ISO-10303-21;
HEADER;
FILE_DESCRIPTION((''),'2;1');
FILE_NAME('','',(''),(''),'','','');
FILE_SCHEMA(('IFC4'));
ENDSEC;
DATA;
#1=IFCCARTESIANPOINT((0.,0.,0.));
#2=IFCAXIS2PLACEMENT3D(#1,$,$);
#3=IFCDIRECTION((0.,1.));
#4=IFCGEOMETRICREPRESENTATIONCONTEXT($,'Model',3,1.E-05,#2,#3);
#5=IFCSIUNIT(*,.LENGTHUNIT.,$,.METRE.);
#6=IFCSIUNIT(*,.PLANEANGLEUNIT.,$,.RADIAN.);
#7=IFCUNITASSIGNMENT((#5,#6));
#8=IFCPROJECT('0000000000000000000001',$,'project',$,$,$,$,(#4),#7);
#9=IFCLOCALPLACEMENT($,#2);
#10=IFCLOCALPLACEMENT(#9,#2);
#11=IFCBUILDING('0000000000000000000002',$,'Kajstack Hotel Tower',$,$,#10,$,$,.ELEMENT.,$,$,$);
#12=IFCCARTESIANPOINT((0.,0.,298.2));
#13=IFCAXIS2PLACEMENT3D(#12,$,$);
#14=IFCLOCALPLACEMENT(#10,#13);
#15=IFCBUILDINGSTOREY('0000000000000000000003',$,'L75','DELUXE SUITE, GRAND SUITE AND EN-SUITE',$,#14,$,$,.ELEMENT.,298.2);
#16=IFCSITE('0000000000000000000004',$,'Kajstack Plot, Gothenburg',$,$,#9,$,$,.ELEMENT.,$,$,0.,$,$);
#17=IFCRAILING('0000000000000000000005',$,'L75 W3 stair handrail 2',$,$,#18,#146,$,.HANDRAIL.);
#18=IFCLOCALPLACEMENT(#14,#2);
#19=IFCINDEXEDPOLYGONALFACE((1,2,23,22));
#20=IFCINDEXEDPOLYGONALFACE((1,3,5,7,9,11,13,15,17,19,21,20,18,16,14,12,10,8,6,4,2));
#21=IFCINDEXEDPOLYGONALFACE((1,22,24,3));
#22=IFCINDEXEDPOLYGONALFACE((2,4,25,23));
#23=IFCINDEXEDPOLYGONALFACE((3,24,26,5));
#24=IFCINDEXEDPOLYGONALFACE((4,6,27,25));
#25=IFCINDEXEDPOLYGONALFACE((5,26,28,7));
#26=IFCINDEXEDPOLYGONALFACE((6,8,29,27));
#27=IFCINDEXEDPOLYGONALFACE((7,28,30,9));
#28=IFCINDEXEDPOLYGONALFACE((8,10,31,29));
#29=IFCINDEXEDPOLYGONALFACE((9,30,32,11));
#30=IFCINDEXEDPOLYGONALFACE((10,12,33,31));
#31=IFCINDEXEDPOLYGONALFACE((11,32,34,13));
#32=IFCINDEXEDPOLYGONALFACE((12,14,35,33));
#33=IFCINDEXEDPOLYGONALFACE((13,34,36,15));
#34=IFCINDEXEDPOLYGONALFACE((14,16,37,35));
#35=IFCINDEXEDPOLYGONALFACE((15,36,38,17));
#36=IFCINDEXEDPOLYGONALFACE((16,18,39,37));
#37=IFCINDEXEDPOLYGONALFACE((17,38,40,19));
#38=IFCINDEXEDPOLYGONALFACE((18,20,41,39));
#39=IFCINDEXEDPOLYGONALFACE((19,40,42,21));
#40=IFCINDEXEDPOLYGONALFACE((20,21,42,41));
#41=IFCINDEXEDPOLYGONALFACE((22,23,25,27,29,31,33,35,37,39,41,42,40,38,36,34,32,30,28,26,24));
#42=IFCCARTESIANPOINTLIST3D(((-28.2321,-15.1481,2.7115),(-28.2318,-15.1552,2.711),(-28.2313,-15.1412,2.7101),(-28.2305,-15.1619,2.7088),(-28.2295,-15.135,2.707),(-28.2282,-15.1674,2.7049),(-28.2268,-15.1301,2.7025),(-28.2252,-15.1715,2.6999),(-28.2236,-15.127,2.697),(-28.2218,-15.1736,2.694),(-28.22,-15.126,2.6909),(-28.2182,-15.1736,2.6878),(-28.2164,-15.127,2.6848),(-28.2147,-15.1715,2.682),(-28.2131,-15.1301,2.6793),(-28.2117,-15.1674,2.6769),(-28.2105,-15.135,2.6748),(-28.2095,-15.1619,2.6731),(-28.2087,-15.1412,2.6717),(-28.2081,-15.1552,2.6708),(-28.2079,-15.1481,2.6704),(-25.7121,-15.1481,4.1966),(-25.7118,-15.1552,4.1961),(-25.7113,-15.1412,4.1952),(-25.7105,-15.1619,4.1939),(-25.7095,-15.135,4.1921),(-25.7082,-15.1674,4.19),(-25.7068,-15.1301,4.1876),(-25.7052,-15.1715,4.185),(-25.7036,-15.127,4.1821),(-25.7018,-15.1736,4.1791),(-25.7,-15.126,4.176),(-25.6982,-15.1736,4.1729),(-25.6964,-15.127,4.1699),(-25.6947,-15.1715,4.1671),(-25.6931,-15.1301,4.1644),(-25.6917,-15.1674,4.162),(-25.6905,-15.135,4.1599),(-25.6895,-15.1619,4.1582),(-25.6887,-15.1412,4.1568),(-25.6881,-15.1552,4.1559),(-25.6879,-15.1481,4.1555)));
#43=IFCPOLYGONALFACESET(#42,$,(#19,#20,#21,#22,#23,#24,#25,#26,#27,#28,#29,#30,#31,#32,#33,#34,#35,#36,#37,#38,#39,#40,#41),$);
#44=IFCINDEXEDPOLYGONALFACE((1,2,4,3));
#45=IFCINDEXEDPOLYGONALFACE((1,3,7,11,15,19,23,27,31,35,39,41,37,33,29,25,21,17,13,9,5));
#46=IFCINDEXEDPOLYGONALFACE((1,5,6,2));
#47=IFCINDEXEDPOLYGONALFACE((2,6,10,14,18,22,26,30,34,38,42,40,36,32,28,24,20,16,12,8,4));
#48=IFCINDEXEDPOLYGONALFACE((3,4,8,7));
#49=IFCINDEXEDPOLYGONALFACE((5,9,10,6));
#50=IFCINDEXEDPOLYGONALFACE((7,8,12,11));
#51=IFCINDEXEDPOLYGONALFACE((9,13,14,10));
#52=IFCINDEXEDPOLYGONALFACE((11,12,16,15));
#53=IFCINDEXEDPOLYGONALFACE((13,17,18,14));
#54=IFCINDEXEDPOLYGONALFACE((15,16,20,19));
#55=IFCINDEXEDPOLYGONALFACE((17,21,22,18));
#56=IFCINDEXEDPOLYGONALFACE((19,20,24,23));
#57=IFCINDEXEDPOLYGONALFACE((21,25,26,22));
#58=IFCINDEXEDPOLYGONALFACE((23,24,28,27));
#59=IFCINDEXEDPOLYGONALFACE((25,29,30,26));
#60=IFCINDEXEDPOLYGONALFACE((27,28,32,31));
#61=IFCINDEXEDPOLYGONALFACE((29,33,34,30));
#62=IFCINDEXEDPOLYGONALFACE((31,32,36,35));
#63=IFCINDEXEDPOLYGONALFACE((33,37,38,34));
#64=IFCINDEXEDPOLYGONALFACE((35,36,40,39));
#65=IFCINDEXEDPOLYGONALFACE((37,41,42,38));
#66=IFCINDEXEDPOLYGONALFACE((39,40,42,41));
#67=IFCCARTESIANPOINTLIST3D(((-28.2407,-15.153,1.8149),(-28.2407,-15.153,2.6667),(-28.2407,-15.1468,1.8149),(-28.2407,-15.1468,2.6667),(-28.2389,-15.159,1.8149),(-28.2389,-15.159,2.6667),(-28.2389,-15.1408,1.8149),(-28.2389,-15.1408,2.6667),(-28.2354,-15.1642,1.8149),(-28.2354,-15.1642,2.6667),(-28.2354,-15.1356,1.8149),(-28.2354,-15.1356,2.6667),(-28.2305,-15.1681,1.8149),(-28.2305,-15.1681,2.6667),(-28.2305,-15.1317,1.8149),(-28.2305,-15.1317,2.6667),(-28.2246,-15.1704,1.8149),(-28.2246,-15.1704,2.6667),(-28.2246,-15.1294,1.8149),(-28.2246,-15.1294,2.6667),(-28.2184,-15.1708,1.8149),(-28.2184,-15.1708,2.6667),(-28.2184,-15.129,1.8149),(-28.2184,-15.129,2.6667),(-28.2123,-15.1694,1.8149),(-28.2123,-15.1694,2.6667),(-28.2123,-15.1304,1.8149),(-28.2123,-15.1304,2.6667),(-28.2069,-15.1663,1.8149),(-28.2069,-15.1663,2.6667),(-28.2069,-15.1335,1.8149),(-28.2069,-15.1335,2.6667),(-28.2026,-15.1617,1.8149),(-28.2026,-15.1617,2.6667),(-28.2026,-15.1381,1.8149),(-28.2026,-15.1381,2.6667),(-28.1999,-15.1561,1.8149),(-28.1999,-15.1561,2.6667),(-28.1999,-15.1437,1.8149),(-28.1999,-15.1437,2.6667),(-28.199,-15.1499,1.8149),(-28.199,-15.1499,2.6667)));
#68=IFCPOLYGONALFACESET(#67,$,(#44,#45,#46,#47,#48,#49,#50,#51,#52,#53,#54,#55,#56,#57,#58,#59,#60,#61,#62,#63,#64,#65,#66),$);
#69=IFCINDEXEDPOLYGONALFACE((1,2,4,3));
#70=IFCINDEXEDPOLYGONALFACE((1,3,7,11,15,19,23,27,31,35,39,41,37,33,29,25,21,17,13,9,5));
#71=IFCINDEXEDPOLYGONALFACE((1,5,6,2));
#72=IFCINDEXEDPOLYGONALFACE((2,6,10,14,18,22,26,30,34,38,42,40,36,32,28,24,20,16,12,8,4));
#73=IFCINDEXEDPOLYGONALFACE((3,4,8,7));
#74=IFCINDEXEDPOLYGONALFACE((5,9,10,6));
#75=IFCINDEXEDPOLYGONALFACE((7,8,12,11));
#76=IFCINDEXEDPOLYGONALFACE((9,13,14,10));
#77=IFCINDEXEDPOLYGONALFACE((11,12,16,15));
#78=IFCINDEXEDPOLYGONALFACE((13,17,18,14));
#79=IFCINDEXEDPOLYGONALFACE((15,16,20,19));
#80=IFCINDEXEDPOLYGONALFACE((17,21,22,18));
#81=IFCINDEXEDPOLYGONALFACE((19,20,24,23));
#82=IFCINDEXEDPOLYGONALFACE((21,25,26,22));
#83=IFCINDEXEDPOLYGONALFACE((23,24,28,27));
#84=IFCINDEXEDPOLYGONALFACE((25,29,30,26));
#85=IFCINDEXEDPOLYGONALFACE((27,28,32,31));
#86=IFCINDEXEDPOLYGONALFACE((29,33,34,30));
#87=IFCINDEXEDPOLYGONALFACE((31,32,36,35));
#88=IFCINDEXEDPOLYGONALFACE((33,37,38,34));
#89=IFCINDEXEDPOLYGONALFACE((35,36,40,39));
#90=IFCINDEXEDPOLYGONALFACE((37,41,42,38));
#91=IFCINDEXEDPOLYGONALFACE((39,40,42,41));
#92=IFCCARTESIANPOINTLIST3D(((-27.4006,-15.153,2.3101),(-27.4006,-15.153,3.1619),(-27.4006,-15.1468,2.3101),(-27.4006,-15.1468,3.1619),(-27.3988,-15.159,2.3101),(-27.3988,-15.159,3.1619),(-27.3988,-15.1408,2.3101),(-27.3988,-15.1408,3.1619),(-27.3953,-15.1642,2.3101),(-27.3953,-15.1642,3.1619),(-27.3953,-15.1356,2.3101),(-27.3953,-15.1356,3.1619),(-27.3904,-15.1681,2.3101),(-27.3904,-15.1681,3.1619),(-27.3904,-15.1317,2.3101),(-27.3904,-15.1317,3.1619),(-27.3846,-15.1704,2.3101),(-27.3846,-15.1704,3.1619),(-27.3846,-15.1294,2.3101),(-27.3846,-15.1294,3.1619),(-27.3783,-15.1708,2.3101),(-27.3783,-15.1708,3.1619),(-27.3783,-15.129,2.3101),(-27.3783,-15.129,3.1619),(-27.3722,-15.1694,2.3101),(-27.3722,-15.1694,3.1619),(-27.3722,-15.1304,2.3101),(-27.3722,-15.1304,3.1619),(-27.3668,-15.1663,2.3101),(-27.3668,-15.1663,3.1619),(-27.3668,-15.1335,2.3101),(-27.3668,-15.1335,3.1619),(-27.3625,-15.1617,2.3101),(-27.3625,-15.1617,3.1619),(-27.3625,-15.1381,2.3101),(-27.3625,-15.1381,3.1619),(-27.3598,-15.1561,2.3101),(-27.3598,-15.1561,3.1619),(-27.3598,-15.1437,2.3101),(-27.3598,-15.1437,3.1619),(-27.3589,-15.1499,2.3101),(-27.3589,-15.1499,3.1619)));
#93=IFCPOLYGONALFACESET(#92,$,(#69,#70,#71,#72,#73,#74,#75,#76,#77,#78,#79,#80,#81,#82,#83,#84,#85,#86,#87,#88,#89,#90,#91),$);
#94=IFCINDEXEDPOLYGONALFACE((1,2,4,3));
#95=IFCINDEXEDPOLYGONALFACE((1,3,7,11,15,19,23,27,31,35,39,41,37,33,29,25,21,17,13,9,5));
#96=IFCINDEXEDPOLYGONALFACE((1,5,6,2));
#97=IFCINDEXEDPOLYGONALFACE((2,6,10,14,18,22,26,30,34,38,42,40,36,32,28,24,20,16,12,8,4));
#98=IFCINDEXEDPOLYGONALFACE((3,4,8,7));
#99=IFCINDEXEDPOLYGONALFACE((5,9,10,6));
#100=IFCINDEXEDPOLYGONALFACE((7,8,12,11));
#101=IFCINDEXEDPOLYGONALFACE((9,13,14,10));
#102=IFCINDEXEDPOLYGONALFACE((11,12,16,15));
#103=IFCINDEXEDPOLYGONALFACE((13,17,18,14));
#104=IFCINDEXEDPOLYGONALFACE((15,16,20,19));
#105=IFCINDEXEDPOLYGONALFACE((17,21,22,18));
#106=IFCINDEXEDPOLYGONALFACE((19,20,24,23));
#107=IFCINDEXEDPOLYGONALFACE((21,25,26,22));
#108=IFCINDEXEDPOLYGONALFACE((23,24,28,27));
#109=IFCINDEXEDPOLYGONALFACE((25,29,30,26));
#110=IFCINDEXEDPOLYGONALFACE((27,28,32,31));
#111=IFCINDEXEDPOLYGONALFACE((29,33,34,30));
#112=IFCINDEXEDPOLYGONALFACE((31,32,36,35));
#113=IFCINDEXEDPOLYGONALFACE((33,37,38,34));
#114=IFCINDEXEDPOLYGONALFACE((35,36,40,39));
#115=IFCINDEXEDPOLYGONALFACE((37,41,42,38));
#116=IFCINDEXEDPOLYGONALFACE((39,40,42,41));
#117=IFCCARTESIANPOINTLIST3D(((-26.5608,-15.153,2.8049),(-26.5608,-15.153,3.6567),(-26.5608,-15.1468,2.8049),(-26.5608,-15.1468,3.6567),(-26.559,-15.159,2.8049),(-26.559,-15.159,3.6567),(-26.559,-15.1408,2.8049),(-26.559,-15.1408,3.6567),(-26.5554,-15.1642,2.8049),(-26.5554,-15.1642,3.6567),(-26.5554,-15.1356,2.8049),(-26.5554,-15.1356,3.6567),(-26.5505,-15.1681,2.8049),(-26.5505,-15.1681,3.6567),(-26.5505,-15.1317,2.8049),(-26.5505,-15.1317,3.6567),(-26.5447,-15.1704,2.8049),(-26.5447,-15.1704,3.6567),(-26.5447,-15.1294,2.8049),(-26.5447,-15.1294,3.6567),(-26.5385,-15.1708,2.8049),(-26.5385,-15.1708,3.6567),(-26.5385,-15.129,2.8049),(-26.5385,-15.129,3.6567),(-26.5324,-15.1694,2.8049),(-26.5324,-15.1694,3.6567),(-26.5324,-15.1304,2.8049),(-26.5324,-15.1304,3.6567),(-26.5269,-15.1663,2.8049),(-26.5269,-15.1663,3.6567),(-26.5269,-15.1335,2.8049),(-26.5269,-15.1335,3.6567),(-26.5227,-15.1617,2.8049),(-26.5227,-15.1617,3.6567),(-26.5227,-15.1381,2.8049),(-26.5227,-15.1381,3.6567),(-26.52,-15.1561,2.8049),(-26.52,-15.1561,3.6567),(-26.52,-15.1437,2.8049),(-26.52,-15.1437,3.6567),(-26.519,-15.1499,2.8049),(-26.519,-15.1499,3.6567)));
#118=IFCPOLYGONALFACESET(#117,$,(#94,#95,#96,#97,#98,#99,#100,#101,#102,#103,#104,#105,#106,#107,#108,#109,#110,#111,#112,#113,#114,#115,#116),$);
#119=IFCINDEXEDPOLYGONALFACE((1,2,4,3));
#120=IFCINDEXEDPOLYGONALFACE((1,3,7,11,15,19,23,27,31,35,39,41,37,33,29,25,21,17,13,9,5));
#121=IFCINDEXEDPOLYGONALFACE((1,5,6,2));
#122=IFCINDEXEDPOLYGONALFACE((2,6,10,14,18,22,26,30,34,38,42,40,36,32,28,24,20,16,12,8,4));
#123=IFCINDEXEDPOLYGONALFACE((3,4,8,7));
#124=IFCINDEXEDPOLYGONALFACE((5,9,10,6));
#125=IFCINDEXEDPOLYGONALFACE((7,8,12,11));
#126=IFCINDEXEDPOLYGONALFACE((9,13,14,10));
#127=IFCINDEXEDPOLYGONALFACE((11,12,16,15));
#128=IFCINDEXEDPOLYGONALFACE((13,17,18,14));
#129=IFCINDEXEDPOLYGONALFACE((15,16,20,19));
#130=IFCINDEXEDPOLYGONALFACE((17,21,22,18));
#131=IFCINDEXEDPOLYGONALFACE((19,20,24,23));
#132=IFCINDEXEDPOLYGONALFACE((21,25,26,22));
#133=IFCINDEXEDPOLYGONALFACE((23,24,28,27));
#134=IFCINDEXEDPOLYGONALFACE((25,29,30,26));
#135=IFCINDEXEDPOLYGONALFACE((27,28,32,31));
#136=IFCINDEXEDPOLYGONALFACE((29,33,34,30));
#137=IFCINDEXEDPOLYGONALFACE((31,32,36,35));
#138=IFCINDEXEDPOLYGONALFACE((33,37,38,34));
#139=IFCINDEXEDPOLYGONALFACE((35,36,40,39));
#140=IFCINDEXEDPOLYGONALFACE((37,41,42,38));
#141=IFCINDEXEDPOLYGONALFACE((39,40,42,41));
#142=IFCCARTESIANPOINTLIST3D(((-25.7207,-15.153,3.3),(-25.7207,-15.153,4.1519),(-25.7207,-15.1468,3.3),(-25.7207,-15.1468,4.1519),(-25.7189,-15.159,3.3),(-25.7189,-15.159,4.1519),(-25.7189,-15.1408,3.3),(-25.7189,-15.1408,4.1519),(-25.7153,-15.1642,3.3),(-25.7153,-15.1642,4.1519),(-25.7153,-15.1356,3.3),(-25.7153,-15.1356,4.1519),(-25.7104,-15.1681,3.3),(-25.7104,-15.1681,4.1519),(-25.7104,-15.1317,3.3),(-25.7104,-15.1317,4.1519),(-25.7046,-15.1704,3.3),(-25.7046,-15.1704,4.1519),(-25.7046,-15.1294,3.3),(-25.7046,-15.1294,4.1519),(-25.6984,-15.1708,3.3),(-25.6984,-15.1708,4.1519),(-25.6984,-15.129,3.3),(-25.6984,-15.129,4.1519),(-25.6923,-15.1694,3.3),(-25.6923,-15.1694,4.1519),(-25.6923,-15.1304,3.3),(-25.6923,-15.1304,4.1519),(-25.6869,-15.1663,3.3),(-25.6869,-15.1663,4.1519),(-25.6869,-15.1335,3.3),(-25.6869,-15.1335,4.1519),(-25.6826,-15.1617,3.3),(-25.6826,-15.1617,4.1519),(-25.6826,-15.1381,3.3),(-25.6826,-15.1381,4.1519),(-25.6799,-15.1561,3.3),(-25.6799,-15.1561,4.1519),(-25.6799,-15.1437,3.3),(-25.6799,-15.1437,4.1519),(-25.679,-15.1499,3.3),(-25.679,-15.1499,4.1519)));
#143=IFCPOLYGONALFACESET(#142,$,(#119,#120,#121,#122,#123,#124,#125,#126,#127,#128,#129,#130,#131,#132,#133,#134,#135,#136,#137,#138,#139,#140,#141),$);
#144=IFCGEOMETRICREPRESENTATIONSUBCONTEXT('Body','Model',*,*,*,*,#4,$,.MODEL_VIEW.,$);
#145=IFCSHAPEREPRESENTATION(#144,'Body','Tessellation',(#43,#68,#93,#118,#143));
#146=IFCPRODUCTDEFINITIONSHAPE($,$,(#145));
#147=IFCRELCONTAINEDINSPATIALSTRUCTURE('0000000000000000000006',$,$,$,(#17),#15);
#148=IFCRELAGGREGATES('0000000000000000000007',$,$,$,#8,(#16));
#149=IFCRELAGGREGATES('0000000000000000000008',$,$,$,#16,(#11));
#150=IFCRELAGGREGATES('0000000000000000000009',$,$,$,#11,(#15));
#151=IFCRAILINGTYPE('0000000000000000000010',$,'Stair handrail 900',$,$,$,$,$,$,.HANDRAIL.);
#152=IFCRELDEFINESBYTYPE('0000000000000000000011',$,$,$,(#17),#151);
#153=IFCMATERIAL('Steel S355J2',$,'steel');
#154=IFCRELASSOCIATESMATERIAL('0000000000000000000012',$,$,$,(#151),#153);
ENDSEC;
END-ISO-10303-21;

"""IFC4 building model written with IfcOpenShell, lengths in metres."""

from ifc_helpers import new_model, si_unit, direction, frame, origin, origin_2d, place, context, subcontext, project, spatial, circle, extrude, material, type_object, element, save


model = new_model("IFC4")

# Units and contexts
model_context = context("Model", 3, precision=1e-05, world=origin(), true_north=direction((0.0, 1.0)))
body_context = subcontext(model_context, "Body", "Model", "MODEL_VIEW")
ifc_project = project(units=[si_unit("LENGTHUNIT", "METRE"), si_unit("PLANEANGLEUNIT", "RADIAN")], contexts=[model_context])

# Site, building, storey
site_placement = place(None, origin())
site = spatial("IfcSite", under=ifc_project, at=site_placement, Name="Kajstack Plot, Gothenburg", CompositionType="ELEMENT", RefElevation=0.0)
building_placement = place(site_placement, origin())
building = spatial("IfcBuilding", under=site, at=building_placement, Name="Kajstack Hotel Tower", CompositionType="ELEMENT")
storey_placement = place(building_placement, frame((0.0, 0.0, 298.2)))
storey = spatial("IfcBuildingStorey", under=building, at=storey_placement, Name="L75", Description="DELUXE SUITE, GRAND SUITE AND EN-SUITE", CompositionType="ELEMENT", Elevation=298.2)

# Railing
ifc_material_1 = material(Name="Steel S355J2", Category="steel")
railing_type_1 = type_object("IfcRailingType", Name="Stair handrail 900", PredefinedType="HANDRAIL", material=ifc_material_1)
railing_1_placement = place(storey_placement, frame((-28.22, -15.1499, 1.8149)))
element("IfcRailing", 1, at=railing_1_placement, inside=storey, type_object=railing_type_1, Name="L75 W3 stair handrail 2", PredefinedType="HANDRAIL", context=body_context, shape_type="SweptSolid", body=[
    extrude(circle(Radius=0.0239, at=origin_2d()), frame((0.0, 0.0, 0.876), z_axis=(0.861524, 0.0, 0.507717), x_axis=(0.0, 1.0, 0.0)), (0.0, 0.0, 1.0), 2.925),
    extrude(circle(Radius=0.021, at=origin_2d()), origin(), (0.0, 0.0, 1.0), 0.8518),
    extrude(circle(Radius=0.021, at=origin_2d()), frame((0.8401, 0.0, 0.4951)), (0.0, 0.0, 1.0), 0.8518),
    extrude(circle(Radius=0.021, at=origin_2d()), frame((1.6799, 0.0, 0.99)), (0.0, 0.0, 1.0), 0.8518),
    extrude(circle(Radius=0.021, at=origin_2d()), frame((2.52, 0.0, 1.4851)), (0.0, 0.0, 1.0), 0.8518),
])

save(model, "model.ifc")
